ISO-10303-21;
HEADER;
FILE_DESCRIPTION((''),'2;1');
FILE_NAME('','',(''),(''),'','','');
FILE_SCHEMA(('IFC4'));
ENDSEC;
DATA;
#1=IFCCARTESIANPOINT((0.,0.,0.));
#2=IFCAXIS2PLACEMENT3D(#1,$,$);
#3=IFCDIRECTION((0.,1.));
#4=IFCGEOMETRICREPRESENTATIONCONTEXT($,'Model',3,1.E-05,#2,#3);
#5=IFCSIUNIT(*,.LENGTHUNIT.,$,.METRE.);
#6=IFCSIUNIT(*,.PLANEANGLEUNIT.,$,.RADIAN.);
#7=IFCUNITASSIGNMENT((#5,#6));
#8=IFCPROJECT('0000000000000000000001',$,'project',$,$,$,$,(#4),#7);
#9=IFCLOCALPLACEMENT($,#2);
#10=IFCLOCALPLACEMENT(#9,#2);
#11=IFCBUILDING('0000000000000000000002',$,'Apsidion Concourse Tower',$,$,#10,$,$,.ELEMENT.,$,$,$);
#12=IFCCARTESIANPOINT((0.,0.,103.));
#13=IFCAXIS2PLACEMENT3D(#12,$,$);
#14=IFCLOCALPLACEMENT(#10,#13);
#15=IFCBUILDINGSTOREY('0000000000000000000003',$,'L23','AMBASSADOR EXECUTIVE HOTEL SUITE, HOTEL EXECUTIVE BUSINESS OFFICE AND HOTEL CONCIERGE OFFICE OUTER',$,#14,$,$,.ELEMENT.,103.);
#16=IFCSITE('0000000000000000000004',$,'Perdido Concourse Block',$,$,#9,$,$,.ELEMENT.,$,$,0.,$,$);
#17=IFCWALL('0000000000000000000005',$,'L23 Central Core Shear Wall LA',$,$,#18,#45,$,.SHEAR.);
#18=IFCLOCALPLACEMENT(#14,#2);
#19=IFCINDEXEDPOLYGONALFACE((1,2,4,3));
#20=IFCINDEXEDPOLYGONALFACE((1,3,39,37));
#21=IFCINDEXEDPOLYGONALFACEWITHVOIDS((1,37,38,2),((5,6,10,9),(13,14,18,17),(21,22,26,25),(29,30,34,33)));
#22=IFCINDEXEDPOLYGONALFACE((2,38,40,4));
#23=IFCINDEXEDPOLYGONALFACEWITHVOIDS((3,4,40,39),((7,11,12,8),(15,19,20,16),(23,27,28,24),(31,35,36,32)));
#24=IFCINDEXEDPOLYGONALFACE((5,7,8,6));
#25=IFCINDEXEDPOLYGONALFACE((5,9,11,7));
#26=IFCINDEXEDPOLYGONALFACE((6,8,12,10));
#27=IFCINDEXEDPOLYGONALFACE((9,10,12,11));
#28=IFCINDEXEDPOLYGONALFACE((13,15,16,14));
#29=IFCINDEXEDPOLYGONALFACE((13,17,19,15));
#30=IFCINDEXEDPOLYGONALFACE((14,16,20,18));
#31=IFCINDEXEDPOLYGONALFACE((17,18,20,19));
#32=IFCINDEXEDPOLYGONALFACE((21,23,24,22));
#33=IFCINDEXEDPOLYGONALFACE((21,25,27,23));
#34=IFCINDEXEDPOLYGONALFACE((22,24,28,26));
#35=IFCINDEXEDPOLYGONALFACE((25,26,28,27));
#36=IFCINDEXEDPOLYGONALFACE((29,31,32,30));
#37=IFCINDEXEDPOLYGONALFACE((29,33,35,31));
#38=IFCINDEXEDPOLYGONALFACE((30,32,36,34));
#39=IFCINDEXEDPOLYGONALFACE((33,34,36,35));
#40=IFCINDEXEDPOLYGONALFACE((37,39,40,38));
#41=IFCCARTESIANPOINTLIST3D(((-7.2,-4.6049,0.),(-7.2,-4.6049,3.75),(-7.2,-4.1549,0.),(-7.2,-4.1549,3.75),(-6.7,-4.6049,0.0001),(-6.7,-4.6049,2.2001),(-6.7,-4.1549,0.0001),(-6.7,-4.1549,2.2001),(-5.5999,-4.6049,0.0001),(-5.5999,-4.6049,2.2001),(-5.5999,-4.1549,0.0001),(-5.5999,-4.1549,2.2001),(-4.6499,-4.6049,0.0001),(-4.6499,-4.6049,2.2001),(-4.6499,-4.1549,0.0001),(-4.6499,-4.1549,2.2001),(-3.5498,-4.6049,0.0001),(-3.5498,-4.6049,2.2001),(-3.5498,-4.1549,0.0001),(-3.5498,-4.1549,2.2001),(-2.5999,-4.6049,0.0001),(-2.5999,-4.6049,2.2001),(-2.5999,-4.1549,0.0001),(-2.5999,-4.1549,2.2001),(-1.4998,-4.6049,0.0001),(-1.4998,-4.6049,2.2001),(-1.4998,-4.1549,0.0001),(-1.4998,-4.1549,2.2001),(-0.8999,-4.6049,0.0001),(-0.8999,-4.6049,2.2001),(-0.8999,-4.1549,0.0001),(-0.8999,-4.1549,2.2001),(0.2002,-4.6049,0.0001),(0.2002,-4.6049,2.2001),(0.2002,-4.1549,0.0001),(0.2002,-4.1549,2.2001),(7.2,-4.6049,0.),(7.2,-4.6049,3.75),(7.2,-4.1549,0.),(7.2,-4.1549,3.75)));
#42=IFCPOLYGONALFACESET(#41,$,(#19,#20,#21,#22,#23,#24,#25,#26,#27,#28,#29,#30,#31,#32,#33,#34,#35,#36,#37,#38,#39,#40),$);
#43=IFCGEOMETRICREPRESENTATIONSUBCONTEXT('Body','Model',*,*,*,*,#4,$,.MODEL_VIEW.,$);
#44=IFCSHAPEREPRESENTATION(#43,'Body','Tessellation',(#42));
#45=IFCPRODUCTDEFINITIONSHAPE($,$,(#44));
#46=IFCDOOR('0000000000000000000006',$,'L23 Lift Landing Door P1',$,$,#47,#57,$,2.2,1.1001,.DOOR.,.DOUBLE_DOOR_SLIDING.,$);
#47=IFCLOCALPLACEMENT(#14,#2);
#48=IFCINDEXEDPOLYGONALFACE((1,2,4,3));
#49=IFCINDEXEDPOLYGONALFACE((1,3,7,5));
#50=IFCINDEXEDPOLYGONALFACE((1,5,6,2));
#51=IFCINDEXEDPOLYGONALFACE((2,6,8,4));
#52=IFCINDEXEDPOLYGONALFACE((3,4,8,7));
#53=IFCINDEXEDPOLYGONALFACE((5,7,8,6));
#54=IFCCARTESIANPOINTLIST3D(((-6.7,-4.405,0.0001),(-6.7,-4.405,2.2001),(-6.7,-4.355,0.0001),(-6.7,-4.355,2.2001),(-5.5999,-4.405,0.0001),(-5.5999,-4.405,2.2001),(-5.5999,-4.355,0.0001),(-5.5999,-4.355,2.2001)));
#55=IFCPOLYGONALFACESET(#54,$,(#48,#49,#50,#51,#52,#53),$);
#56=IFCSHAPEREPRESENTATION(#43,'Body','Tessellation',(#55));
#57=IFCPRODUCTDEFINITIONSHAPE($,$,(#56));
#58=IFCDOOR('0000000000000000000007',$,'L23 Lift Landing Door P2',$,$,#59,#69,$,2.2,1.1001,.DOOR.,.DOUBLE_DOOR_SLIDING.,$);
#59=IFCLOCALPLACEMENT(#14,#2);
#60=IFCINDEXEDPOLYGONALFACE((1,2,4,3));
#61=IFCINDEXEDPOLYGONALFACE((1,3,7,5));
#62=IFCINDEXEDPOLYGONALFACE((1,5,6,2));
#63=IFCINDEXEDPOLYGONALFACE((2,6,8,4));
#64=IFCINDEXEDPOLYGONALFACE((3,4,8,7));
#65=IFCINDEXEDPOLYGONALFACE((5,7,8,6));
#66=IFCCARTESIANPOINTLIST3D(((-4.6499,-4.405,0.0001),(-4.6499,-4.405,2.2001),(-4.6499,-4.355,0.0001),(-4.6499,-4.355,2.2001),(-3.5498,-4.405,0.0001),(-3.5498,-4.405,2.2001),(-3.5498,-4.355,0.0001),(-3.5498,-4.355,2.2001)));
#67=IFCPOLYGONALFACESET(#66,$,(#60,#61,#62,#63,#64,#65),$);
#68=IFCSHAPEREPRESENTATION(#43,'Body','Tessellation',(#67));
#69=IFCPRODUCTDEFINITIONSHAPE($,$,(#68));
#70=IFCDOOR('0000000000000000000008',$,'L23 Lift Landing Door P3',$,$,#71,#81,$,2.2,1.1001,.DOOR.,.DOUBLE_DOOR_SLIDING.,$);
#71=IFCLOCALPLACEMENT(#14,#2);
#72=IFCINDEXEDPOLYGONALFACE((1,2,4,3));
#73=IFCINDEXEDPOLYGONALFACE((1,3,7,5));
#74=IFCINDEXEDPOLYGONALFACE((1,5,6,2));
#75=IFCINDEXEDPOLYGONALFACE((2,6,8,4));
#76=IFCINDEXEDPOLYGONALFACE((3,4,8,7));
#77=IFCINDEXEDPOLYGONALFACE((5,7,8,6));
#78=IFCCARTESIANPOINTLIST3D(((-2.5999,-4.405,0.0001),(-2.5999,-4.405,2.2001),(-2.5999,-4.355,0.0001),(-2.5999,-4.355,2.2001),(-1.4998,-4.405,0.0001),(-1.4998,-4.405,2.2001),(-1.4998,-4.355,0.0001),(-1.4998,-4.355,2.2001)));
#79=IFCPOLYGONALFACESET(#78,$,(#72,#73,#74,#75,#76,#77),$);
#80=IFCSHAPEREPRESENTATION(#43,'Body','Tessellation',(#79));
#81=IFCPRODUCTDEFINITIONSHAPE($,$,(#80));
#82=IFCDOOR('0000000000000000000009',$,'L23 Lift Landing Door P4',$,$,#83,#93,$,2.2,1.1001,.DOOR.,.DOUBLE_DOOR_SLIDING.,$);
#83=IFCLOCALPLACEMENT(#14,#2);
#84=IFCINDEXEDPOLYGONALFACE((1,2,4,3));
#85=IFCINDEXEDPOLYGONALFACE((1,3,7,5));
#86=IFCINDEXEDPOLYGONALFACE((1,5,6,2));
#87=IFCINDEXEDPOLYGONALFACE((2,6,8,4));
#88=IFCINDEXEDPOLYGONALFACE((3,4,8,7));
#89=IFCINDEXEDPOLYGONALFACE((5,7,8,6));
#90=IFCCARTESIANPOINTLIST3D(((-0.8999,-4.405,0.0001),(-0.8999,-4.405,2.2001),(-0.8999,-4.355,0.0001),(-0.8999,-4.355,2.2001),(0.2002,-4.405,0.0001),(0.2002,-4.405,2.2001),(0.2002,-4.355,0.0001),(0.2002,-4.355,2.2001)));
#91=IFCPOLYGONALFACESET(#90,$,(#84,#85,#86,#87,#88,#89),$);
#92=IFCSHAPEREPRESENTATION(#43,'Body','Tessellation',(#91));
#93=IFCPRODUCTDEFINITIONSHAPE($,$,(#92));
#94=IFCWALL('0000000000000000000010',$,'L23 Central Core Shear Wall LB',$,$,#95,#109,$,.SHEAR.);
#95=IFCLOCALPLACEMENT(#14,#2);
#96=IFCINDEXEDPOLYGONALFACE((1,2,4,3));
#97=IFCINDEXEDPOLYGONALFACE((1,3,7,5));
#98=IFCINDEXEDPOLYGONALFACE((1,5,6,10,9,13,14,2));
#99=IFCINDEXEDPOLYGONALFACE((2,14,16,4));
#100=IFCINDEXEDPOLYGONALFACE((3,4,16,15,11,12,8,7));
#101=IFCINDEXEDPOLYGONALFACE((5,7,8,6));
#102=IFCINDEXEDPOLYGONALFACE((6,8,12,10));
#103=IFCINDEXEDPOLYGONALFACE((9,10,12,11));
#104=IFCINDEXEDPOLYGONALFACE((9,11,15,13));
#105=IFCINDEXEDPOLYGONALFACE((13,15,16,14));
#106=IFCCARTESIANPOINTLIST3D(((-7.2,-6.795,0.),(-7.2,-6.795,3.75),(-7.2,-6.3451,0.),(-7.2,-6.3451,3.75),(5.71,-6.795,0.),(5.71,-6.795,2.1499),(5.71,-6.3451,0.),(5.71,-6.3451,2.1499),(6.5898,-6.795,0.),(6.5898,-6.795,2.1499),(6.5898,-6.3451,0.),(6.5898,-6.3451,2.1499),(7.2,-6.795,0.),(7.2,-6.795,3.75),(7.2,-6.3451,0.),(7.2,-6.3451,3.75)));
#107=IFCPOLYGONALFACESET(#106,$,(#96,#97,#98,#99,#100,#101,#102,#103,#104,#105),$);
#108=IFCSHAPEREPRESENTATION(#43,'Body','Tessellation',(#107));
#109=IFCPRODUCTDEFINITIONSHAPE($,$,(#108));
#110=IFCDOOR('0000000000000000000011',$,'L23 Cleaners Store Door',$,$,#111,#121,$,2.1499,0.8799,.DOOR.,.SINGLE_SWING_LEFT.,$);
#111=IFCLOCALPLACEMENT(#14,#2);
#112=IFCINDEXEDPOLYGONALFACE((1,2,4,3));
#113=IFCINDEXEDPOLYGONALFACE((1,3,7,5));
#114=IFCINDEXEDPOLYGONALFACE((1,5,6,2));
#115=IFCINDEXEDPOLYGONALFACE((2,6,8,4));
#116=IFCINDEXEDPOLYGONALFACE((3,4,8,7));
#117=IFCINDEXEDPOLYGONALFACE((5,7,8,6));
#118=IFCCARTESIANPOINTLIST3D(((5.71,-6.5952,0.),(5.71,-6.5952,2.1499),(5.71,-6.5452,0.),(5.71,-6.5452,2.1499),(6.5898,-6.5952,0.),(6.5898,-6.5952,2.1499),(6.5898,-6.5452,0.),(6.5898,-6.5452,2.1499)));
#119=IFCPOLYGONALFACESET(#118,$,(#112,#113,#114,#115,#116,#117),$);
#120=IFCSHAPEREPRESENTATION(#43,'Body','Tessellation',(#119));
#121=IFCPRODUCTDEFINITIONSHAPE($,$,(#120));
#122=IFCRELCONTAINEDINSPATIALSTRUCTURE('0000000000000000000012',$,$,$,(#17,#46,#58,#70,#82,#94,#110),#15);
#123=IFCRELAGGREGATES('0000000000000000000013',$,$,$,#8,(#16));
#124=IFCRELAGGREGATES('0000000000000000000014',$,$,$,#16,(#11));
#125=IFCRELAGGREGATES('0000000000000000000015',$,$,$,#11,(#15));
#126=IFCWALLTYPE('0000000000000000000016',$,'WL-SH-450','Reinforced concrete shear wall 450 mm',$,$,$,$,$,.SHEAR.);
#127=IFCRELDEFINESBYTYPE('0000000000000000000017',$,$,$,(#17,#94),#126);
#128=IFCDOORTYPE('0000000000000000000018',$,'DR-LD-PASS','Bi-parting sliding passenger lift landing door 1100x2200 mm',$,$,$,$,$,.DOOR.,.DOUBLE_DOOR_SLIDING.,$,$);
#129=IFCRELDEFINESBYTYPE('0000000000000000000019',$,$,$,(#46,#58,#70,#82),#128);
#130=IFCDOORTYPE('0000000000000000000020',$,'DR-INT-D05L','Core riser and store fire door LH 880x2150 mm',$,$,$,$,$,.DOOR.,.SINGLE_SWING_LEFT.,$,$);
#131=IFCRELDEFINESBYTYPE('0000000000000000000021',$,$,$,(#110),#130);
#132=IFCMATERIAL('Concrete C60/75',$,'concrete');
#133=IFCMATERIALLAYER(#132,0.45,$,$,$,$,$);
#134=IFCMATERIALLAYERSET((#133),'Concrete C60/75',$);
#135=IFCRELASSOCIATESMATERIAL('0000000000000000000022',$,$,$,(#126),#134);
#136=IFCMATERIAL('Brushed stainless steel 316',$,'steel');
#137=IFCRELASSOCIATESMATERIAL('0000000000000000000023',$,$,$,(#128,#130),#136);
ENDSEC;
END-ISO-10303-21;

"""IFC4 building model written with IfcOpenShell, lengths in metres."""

from ifc_helpers import new_model, si_unit, direction, frame, frame_2d, origin, place, context, subcontext, project, spatial, rectangle, extrude, material, layer, layer_set, type_object, element, fill, save


model = new_model("IFC4")

# Units and contexts
model_context = context("Model", 3, precision=1e-05, world=origin(), true_north=direction((0.0, 1.0)))
body_context = subcontext(model_context, "Body", "Model", "MODEL_VIEW")
ifc_project = project(units=[si_unit("LENGTHUNIT", "METRE"), si_unit("PLANEANGLEUNIT", "RADIAN")], contexts=[model_context])

# Site, building, storey
site_placement = place(None, origin())
site = spatial("IfcSite", under=ifc_project, at=site_placement, Name="Perdido Concourse Block", CompositionType="ELEMENT", RefElevation=0.0)
building_placement = place(site_placement, origin())
building = spatial("IfcBuilding", under=site, at=building_placement, Name="Apsidion Concourse Tower", CompositionType="ELEMENT")
storey_placement = place(building_placement, frame((0.0, 0.0, 103.0)))
storey = spatial("IfcBuildingStorey", under=building, at=storey_placement, Name="L23", Description="AMBASSADOR EXECUTIVE HOTEL SUITE, HOTEL EXECUTIVE BUSINESS OFFICE AND HOTEL CONCIERGE OFFICE OUTER", CompositionType="ELEMENT", Elevation=103.0)

# Shared definitions
ifc_material_1 = material(Name="Concrete C60/75", Category="concrete")

# Shared definitions
ifc_material_2 = material(Name="Brushed stainless steel 316", Category="steel")

# Shared definitions
ifc_layer_1 = layer(ifc_material_1, 0.45)
ifc_layer_set_1 = layer_set([ifc_layer_1], Name="Concrete C60/75")
wall_type_1 = type_object("IfcWallType", Name="WL-SH-450", Description="Reinforced concrete shear wall 450 mm", PredefinedType="SHEAR", material=ifc_layer_set_1)

# Wall, openings, doors
wall_1_placement = place(storey_placement, frame((-7.2, -4.3799, 0.0), z_axis=(0.0, 0.0, 1.0), x_axis=(1.0, 0.0, 0.0)))
wall_1 = element("IfcWall", 1, at=wall_1_placement, inside=storey, type_object=wall_type_1, Name="L23 Central Core Shear Wall LA", PredefinedType="SHEAR", context=body_context, shape_type="SweptSolid", body=[
    extrude(rectangle(XDim=14.3999, YDim=0.45, at=frame_2d((7.2, 0.0))), origin(), (0.0, 0.0, 1.0), 3.75),
])
opening_1_placement = place(wall_1_placement, frame((0.5, 0.0, 0.0)))
opening_1 = element("IfcOpeningElement", 2, at=opening_1_placement, cuts=wall_1, PredefinedType="OPENING", context=body_context, shape_type="SweptSolid", body=[
    extrude(rectangle(XDim=1.1001, YDim=2.2, at=frame_2d((0.55, 1.1001))), frame((0.0, 0.2349, 0.0), z_axis=(0.0, -1.0, 0.0), x_axis=(1.0, 0.0, 0.0)), (0.0, 0.0, 1.0), 0.47),
])
opening_2_placement = place(wall_1_placement, frame((2.55, 0.0, 0.0)))
opening_2 = element("IfcOpeningElement", 3, at=opening_2_placement, cuts=wall_1, PredefinedType="OPENING", context=body_context, shape_type="SweptSolid", body=[
    extrude(rectangle(XDim=1.1001, YDim=2.2, at=frame_2d((0.55, 1.1001))), frame((0.0, 0.2349, 0.0), z_axis=(0.0, -1.0, 0.0), x_axis=(1.0, 0.0, 0.0)), (0.0, 0.0, 1.0), 0.47),
])
opening_3_placement = place(wall_1_placement, frame((4.6001, 0.0, 0.0)))
opening_3 = element("IfcOpeningElement", 4, at=opening_3_placement, cuts=wall_1, PredefinedType="OPENING", context=body_context, shape_type="SweptSolid", body=[
    extrude(rectangle(XDim=1.1001, YDim=2.2, at=frame_2d((0.55, 1.1001))), frame((0.0, 0.2349, 0.0), z_axis=(0.0, -1.0, 0.0), x_axis=(1.0, 0.0, 0.0)), (0.0, 0.0, 1.0), 0.47),
])
opening_4_placement = place(wall_1_placement, frame((6.3, 0.0, 0.0)))
opening_4 = element("IfcOpeningElement", 5, at=opening_4_placement, cuts=wall_1, PredefinedType="OPENING", context=body_context, shape_type="SweptSolid", body=[
    extrude(rectangle(XDim=1.1001, YDim=2.2, at=frame_2d((0.55, 1.1001))), frame((0.0, 0.2349, 0.0), z_axis=(0.0, -1.0, 0.0), x_axis=(1.0, 0.0, 0.0)), (0.0, 0.0, 1.0), 0.47),
])
door_type_1 = type_object("IfcDoorType", Name="DR-LD-PASS", Description="Bi-parting sliding passenger lift landing door 1100x2200 mm", OperationType="DOUBLE_DOOR_SLIDING", PredefinedType="DOOR", material=ifc_material_2)
door_1_placement = place(opening_1_placement, origin())
door_1 = element("IfcDoor", 6, at=door_1_placement, inside=storey, type_object=door_type_1, Name="L23 Lift Landing Door P1", OperationType="DOUBLE_DOOR_SLIDING", OverallHeight=2.2, OverallWidth=1.1001, PredefinedType="DOOR", context=body_context, shape_type="SweptSolid", body=[
    extrude(rectangle(XDim=1.1001, YDim=2.2, at=frame_2d((0.55, 1.1001))), frame((0.0, 0.0249, 0.0), z_axis=(0.0, -1.0, 0.0), x_axis=(1.0, 0.0, 0.0)), (0.0, 0.0, 1.0), 0.05),
])
fill(opening_1, door_1)
door_2_placement = place(opening_2_placement, origin())
door_2 = element("IfcDoor", 7, at=door_2_placement, inside=storey, type_object=door_type_1, Name="L23 Lift Landing Door P2", OperationType="DOUBLE_DOOR_SLIDING", OverallHeight=2.2, OverallWidth=1.1001, PredefinedType="DOOR", context=body_context, shape_type="SweptSolid", body=[
    extrude(rectangle(XDim=1.1001, YDim=2.2, at=frame_2d((0.55, 1.1001))), frame((0.0, 0.0249, 0.0), z_axis=(0.0, -1.0, 0.0), x_axis=(1.0, 0.0, 0.0)), (0.0, 0.0, 1.0), 0.05),
])
fill(opening_2, door_2)
door_3_placement = place(opening_3_placement, origin())
door_3 = element("IfcDoor", 8, at=door_3_placement, inside=storey, type_object=door_type_1, Name="L23 Lift Landing Door P3", OperationType="DOUBLE_DOOR_SLIDING", OverallHeight=2.2, OverallWidth=1.1001, PredefinedType="DOOR", context=body_context, shape_type="SweptSolid", body=[
    extrude(rectangle(XDim=1.1001, YDim=2.2, at=frame_2d((0.55, 1.1001))), frame((0.0, 0.0249, 0.0), z_axis=(0.0, -1.0, 0.0), x_axis=(1.0, 0.0, 0.0)), (0.0, 0.0, 1.0), 0.05),
])
fill(opening_3, door_3)
door_4_placement = place(opening_4_placement, origin())
door_4 = element("IfcDoor", 9, at=door_4_placement, inside=storey, type_object=door_type_1, Name="L23 Lift Landing Door P4", OperationType="DOUBLE_DOOR_SLIDING", OverallHeight=2.2, OverallWidth=1.1001, PredefinedType="DOOR", context=body_context, shape_type="SweptSolid", body=[
    extrude(rectangle(XDim=1.1001, YDim=2.2, at=frame_2d((0.55, 1.1001))), frame((0.0, 0.0249, 0.0), z_axis=(0.0, -1.0, 0.0), x_axis=(1.0, 0.0, 0.0)), (0.0, 0.0, 1.0), 0.05),
])
fill(opening_4, door_4)

# Wall, opening, door
wall_2_placement = place(storey_placement, frame((-7.2, -6.5701, 0.0), z_axis=(0.0, 0.0, 1.0), x_axis=(1.0, 0.0, 0.0)))
wall_2 = element("IfcWall", 10, at=wall_2_placement, inside=storey, type_object=wall_type_1, Name="L23 Central Core Shear Wall LB", PredefinedType="SHEAR", context=body_context, shape_type="SweptSolid", body=[
    extrude(rectangle(XDim=14.3999, YDim=0.45, at=frame_2d((7.2, 0.0))), origin(), (0.0, 0.0, 1.0), 3.75),
])
opening_5_placement = place(wall_2_placement, frame((12.9099, 0.0, 0.0)))
opening_5 = element("IfcOpeningElement", 11, at=opening_5_placement, cuts=wall_2, PredefinedType="OPENING", context=body_context, shape_type="SweptSolid", body=[
    extrude(rectangle(XDim=0.8799, YDim=2.1499, at=frame_2d((0.4399, 1.075))), frame((0.0, 0.2349, 0.0), z_axis=(0.0, -1.0, 0.0), x_axis=(1.0, 0.0, 0.0)), (0.0, 0.0, 1.0), 0.47),
])
door_type_2 = type_object("IfcDoorType", Name="DR-INT-D05L", Description="Core riser and store fire door LH 880x2150 mm", OperationType="SINGLE_SWING_LEFT", PredefinedType="DOOR", material=ifc_material_2)
door_5_placement = place(opening_5_placement, origin())
door_5 = element("IfcDoor", 12, at=door_5_placement, inside=storey, type_object=door_type_2, Name="L23 Cleaners Store Door", OperationType="SINGLE_SWING_LEFT", OverallHeight=2.1499, OverallWidth=0.8799, PredefinedType="DOOR", context=body_context, shape_type="SweptSolid", body=[
    extrude(rectangle(XDim=0.8799, YDim=2.1499, at=frame_2d((0.4399, 1.075))), frame((0.0, 0.0249, 0.0), z_axis=(0.0, -1.0, 0.0), x_axis=(1.0, 0.0, 0.0)), (0.0, 0.0, 1.0), 0.05),
])
fill(opening_5, door_5)

save(model, "model.ifc")
